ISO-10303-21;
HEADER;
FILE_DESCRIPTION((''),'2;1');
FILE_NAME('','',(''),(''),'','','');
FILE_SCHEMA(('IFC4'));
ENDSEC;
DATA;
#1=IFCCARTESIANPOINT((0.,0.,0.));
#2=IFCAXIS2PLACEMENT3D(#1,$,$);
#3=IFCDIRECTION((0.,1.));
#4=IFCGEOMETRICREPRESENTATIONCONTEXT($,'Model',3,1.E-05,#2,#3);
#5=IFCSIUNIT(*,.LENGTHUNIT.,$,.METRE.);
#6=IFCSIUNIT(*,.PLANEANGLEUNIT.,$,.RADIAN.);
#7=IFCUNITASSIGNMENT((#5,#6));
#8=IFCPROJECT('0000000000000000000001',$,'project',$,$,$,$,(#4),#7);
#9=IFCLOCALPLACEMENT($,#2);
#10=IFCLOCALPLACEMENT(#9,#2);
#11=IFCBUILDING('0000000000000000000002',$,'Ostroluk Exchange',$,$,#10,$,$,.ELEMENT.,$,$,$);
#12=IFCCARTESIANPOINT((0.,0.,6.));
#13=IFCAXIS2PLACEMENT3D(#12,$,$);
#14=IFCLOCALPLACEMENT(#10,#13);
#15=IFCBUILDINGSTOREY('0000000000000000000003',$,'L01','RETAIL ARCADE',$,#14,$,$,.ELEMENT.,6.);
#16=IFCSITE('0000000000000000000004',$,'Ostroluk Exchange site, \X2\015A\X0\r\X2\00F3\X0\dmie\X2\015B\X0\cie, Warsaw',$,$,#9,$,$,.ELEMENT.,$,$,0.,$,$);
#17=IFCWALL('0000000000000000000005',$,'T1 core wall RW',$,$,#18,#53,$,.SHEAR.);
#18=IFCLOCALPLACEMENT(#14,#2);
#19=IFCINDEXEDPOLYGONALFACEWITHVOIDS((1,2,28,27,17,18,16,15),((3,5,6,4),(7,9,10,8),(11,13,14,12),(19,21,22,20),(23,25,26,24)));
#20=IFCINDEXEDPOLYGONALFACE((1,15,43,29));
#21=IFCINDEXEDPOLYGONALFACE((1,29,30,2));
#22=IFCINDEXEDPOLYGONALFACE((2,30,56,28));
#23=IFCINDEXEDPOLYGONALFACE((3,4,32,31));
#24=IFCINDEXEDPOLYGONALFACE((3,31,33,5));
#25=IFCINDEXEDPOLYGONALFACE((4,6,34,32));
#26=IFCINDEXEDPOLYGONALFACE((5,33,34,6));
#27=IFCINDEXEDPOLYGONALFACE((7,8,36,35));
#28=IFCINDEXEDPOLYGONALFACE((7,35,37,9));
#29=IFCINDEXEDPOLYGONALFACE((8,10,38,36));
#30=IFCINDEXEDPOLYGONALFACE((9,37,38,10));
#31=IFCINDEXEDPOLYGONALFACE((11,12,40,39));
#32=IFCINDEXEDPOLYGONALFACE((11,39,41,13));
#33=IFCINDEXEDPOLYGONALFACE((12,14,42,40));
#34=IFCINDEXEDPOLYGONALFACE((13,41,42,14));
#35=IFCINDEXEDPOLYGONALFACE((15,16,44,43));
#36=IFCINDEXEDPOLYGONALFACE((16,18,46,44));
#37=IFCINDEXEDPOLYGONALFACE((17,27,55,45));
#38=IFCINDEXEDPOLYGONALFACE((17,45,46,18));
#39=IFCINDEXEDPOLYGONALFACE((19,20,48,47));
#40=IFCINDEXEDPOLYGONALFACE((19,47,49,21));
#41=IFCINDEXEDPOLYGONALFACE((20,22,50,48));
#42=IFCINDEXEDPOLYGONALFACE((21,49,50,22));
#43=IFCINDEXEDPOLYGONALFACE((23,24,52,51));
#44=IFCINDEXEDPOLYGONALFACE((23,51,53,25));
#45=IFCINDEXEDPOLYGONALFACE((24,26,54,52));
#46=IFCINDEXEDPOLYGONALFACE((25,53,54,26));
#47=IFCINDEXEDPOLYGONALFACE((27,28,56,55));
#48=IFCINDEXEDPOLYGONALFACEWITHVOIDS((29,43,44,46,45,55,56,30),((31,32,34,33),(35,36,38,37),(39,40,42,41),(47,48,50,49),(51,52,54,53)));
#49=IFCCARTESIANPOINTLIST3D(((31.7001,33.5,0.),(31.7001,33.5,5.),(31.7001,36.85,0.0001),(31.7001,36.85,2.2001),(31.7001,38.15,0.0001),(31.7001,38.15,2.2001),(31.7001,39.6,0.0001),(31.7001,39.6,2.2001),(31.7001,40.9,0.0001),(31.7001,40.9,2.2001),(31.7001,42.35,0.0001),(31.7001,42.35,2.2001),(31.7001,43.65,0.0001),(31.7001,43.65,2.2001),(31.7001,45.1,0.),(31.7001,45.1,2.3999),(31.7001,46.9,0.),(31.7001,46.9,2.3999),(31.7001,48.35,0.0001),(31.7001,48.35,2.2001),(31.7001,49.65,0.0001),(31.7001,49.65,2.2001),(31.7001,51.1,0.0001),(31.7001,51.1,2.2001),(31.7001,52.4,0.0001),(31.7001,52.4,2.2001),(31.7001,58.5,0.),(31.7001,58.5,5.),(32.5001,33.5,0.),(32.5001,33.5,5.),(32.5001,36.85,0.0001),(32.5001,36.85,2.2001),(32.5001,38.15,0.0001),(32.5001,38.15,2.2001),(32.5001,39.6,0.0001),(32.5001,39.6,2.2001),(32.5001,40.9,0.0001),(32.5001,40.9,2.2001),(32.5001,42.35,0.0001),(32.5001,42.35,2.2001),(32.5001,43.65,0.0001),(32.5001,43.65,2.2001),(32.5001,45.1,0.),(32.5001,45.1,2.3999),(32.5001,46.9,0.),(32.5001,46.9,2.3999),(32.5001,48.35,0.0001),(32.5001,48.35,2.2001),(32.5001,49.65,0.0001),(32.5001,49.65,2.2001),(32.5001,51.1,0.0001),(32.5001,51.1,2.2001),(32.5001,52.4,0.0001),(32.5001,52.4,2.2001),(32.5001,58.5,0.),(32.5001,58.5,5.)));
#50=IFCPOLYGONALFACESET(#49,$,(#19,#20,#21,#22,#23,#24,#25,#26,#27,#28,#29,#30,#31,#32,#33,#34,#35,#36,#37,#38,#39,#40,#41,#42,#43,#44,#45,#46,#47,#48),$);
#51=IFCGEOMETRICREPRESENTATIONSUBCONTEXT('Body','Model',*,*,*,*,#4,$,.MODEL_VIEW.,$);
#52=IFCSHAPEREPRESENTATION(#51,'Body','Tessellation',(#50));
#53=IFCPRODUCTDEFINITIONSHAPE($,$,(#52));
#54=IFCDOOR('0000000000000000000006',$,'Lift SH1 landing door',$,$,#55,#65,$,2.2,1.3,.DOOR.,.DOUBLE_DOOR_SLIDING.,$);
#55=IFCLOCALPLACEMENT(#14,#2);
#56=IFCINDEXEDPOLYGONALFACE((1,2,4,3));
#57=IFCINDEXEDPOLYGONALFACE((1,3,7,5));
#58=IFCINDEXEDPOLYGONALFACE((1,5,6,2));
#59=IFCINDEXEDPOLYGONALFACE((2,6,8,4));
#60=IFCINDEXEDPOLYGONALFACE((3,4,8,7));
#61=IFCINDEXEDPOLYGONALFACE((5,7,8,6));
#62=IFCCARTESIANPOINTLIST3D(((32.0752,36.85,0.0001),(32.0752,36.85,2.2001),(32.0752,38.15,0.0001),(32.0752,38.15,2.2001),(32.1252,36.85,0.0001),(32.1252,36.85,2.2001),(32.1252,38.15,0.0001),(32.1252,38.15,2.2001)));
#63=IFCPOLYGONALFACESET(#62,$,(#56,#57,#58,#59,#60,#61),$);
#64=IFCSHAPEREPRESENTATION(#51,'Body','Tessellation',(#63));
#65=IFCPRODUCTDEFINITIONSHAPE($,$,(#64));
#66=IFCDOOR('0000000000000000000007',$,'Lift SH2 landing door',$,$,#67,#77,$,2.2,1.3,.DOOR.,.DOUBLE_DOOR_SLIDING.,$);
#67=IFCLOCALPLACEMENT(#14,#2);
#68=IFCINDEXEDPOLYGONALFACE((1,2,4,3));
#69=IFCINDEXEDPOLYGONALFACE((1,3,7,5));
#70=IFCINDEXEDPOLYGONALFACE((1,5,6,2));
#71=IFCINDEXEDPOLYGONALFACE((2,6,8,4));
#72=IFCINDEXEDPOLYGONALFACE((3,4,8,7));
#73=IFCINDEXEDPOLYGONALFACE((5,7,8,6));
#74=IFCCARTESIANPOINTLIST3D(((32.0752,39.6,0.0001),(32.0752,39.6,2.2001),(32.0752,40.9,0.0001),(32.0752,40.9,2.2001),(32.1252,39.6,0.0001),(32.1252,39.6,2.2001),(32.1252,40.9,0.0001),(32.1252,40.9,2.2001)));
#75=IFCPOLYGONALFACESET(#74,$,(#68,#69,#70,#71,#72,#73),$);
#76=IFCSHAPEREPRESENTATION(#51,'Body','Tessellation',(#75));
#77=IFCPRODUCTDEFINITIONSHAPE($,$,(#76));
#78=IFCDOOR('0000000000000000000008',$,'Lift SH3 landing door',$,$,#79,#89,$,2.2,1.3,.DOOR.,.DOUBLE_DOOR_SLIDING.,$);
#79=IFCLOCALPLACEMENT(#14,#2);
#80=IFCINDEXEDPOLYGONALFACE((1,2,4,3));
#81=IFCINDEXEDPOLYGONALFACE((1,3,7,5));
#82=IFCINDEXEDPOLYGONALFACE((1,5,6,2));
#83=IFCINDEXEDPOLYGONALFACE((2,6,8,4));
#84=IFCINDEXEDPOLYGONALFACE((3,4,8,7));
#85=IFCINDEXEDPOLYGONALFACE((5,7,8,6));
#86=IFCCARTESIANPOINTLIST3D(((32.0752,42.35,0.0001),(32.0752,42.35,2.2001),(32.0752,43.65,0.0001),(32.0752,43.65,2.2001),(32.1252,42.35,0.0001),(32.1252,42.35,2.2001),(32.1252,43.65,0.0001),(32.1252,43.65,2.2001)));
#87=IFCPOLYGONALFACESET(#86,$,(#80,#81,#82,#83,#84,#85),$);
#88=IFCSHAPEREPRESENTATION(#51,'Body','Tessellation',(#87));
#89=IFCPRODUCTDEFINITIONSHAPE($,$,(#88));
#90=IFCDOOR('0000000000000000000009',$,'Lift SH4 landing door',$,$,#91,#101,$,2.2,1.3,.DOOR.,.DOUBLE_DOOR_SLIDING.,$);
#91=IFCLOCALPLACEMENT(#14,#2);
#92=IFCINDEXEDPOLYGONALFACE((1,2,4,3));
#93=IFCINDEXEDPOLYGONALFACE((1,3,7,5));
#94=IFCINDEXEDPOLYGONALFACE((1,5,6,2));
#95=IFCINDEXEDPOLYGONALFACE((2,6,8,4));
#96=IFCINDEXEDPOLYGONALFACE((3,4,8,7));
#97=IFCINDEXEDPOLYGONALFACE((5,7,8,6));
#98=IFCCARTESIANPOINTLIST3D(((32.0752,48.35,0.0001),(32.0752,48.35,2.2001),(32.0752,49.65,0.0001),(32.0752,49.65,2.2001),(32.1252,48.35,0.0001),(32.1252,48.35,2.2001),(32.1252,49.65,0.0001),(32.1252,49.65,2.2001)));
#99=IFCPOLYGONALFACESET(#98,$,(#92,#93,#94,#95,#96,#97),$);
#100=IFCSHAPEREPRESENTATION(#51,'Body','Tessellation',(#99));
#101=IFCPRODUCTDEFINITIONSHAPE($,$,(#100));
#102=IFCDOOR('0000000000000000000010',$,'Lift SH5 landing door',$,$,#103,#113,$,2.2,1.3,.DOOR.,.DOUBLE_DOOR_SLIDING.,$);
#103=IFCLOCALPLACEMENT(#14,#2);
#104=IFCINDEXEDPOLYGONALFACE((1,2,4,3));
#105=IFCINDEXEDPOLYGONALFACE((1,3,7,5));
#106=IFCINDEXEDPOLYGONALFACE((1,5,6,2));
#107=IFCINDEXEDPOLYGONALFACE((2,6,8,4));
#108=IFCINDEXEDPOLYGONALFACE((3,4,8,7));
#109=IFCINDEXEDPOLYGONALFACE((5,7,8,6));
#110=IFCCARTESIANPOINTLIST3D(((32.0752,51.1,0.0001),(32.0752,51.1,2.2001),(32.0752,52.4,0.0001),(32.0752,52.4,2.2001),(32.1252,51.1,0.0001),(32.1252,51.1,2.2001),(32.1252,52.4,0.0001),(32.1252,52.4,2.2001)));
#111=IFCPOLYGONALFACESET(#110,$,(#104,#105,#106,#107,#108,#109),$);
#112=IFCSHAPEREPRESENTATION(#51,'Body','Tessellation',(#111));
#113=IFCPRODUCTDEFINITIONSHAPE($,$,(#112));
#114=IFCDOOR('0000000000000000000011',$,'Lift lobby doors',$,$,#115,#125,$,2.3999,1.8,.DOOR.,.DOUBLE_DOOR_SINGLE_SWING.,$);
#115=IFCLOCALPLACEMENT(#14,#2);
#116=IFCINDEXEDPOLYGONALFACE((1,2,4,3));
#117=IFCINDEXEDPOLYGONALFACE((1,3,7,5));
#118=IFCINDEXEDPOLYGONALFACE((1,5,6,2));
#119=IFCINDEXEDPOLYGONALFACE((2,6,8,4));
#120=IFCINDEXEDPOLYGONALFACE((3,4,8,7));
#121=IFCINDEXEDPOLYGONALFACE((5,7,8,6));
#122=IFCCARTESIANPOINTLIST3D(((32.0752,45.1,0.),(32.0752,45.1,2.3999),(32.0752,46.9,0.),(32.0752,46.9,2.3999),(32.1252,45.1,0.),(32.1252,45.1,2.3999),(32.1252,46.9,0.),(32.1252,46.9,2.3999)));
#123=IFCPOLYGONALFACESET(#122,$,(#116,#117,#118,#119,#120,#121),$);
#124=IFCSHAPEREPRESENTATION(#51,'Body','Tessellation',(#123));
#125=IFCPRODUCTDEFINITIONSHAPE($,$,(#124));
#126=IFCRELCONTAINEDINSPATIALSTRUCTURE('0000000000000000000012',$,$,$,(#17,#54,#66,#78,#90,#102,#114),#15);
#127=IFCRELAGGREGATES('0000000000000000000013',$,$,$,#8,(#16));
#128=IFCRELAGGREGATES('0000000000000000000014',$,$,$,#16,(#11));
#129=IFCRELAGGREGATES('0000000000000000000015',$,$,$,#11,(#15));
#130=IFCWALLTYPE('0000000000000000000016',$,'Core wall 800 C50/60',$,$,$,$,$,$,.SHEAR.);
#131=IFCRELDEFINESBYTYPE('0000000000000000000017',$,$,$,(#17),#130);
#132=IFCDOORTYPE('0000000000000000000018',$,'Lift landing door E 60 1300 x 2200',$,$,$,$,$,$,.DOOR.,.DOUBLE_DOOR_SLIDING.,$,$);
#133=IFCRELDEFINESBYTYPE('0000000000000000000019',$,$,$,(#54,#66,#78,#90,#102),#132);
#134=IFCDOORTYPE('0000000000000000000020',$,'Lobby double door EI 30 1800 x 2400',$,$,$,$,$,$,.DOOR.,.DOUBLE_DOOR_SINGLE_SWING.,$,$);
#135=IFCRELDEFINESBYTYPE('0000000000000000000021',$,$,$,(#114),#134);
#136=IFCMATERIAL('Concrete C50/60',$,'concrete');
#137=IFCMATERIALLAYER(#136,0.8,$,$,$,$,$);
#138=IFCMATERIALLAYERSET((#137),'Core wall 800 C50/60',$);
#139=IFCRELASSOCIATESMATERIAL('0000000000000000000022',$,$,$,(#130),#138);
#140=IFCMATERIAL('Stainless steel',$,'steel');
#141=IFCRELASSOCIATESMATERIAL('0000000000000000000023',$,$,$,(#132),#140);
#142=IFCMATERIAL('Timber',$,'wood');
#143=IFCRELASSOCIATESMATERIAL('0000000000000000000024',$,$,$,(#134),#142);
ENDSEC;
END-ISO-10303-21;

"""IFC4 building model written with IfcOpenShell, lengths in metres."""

from ifc_helpers import new_model, si_unit, direction, frame, frame_2d, origin, place, context, subcontext, project, spatial, rectangle, extrude, material, layer, layer_set, type_object, element, fill, save


model = new_model("IFC4")

# Units and contexts
model_context = context("Model", 3, precision=1e-05, world=origin(), true_north=direction((0.0, 1.0)))
body_context = subcontext(model_context, "Body", "Model", "MODEL_VIEW")
ifc_project = project(units=[si_unit("LENGTHUNIT", "METRE"), si_unit("PLANEANGLEUNIT", "RADIAN")], contexts=[model_context])

# Site, building, storey
site_placement = place(None, origin())
site = spatial("IfcSite", under=ifc_project, at=site_placement, Name="Ostroluk Exchange site, Śródmieście, Warsaw", CompositionType="ELEMENT", RefElevation=0.0)
building_placement = place(site_placement, origin())
building = spatial("IfcBuilding", under=site, at=building_placement, Name="Ostroluk Exchange", CompositionType="ELEMENT")
storey_placement = place(building_placement, frame((0.0, 0.0, 6.0)))
storey = spatial("IfcBuildingStorey", under=building, at=storey_placement, Name="L01", Description="RETAIL ARCADE", CompositionType="ELEMENT", Elevation=6.0)

# Wall, openings, doors
ifc_material_1 = material(Name="Concrete C50/60", Category="concrete")
ifc_layer_1 = layer(ifc_material_1, 0.8)
ifc_layer_set_1 = layer_set([ifc_layer_1], Name="Core wall 800 C50/60")
wall_type_1 = type_object("IfcWallType", Name="Core wall 800 C50/60", PredefinedType="SHEAR", material=ifc_layer_set_1)
wall_1_placement = place(storey_placement, frame((32.1001, 33.5, 0.0), z_axis=(0.0, 0.0, 1.0), x_axis=(0.0, 1.0, 0.0)))
wall_1 = element("IfcWall", 1, at=wall_1_placement, inside=storey, type_object=wall_type_1, Name="T1 core wall RW", PredefinedType="SHEAR", context=body_context, shape_type="SweptSolid", body=[
    extrude(rectangle(XDim=25.0, YDim=0.8, at=frame_2d((12.5, 0.0))), origin(), (0.0, 0.0, 1.0), 5.0),
])
opening_1_placement = place(wall_1_placement, frame((3.3501, 0.0, 0.0)))
opening_1 = element("IfcOpeningElement", 2, at=opening_1_placement, cuts=wall_1, PredefinedType="OPENING", context=body_context, shape_type="SweptSolid", body=[
    extrude(rectangle(XDim=1.3, YDim=2.2, at=frame_2d((0.6499, 1.1001))), frame((0.0, 0.4099, 0.0), z_axis=(0.0, -1.0, 0.0), x_axis=(1.0, 0.0, 0.0)), (0.0, 0.0, 1.0), 0.8201),
])
opening_2_placement = place(wall_1_placement, frame((6.1001, 0.0, 0.0)))
opening_2 = element("IfcOpeningElement", 3, at=opening_2_placement, cuts=wall_1, PredefinedType="OPENING", context=body_context, shape_type="SweptSolid", body=[
    extrude(rectangle(XDim=1.3, YDim=2.2, at=frame_2d((0.6499, 1.1001))), frame((0.0, 0.4099, 0.0), z_axis=(0.0, -1.0, 0.0), x_axis=(1.0, 0.0, 0.0)), (0.0, 0.0, 1.0), 0.8201),
])
opening_3_placement = place(wall_1_placement, frame((8.8501, 0.0, 0.0)))
opening_3 = element("IfcOpeningElement", 4, at=opening_3_placement, cuts=wall_1, PredefinedType="OPENING", context=body_context, shape_type="SweptSolid", body=[
    extrude(rectangle(XDim=1.3, YDim=2.2, at=frame_2d((0.6499, 1.1001))), frame((0.0, 0.4099, 0.0), z_axis=(0.0, -1.0, 0.0), x_axis=(1.0, 0.0, 0.0)), (0.0, 0.0, 1.0), 0.8201),
])
opening_4_placement = place(wall_1_placement, frame((14.8501, 0.0, 0.0)))
opening_4 = element("IfcOpeningElement", 5, at=opening_4_placement, cuts=wall_1, PredefinedType="OPENING", context=body_context, shape_type="SweptSolid", body=[
    extrude(rectangle(XDim=1.3, YDim=2.2, at=frame_2d((0.6499, 1.1001))), frame((0.0, 0.4099, 0.0), z_axis=(0.0, -1.0, 0.0), x_axis=(1.0, 0.0, 0.0)), (0.0, 0.0, 1.0), 0.8201),
])
opening_5_placement = place(wall_1_placement, frame((17.6001, 0.0, 0.0)))
opening_5 = element("IfcOpeningElement", 6, at=opening_5_placement, cuts=wall_1, PredefinedType="OPENING", context=body_context, shape_type="SweptSolid", body=[
    extrude(rectangle(XDim=1.3, YDim=2.2, at=frame_2d((0.6499, 1.1001))), frame((0.0, 0.4099, 0.0), z_axis=(0.0, -1.0, 0.0), x_axis=(1.0, 0.0, 0.0)), (0.0, 0.0, 1.0), 0.8201),
])
opening_6_placement = place(wall_1_placement, frame((11.6001, 0.0, 0.0)))
opening_6 = element("IfcOpeningElement", 7, at=opening_6_placement, cuts=wall_1, PredefinedType="OPENING", context=body_context, shape_type="SweptSolid", body=[
    extrude(rectangle(XDim=1.8, YDim=2.3999, at=frame_2d((0.8999, 1.2))), frame((0.0, 0.4099, 0.0), z_axis=(0.0, -1.0, 0.0), x_axis=(1.0, 0.0, 0.0)), (0.0, 0.0, 1.0), 0.8201),
])
ifc_material_2 = material(Name="Stainless steel", Category="steel")
door_type_1 = type_object("IfcDoorType", Name="Lift landing door E 60 1300 x 2200", OperationType="DOUBLE_DOOR_SLIDING", PredefinedType="DOOR", material=ifc_material_2)
door_1_placement = place(opening_1_placement, origin())
door_1 = element("IfcDoor", 8, at=door_1_placement, inside=storey, type_object=door_type_1, Name="Lift SH1 landing door", OperationType="DOUBLE_DOOR_SLIDING", OverallHeight=2.2, OverallWidth=1.3, PredefinedType="DOOR", context=body_context, shape_type="SweptSolid", body=[
    extrude(rectangle(XDim=1.3, YDim=2.2, at=frame_2d((0.6499, 1.1001))), frame((0.0, 0.0249, 0.0), z_axis=(0.0, -1.0, 0.0), x_axis=(1.0, 0.0, 0.0)), (0.0, 0.0, 1.0), 0.05),
])
fill(opening_1, door_1)
door_2_placement = place(opening_2_placement, origin())
door_2 = element("IfcDoor", 9, at=door_2_placement, inside=storey, type_object=door_type_1, Name="Lift SH2 landing door", OperationType="DOUBLE_DOOR_SLIDING", OverallHeight=2.2, OverallWidth=1.3, PredefinedType="DOOR", context=body_context, shape_type="SweptSolid", body=[
    extrude(rectangle(XDim=1.3, YDim=2.2, at=frame_2d((0.6499, 1.1001))), frame((0.0, 0.0249, 0.0), z_axis=(0.0, -1.0, 0.0), x_axis=(1.0, 0.0, 0.0)), (0.0, 0.0, 1.0), 0.05),
])
fill(opening_2, door_2)
door_3_placement = place(opening_3_placement, origin())
door_3 = element("IfcDoor", 10, at=door_3_placement, inside=storey, type_object=door_type_1, Name="Lift SH3 landing door", OperationType="DOUBLE_DOOR_SLIDING", OverallHeight=2.2, OverallWidth=1.3, PredefinedType="DOOR", context=body_context, shape_type="SweptSolid", body=[
    extrude(rectangle(XDim=1.3, YDim=2.2, at=frame_2d((0.6499, 1.1001))), frame((0.0, 0.0249, 0.0), z_axis=(0.0, -1.0, 0.0), x_axis=(1.0, 0.0, 0.0)), (0.0, 0.0, 1.0), 0.05),
])
fill(opening_3, door_3)
door_4_placement = place(opening_4_placement, origin())
door_4 = element("IfcDoor", 11, at=door_4_placement, inside=storey, type_object=door_type_1, Name="Lift SH4 landing door", OperationType="DOUBLE_DOOR_SLIDING", OverallHeight=2.2, OverallWidth=1.3, PredefinedType="DOOR", context=body_context, shape_type="SweptSolid", body=[
    extrude(rectangle(XDim=1.3, YDim=2.2, at=frame_2d((0.6499, 1.1001))), frame((0.0, 0.0249, 0.0), z_axis=(0.0, -1.0, 0.0), x_axis=(1.0, 0.0, 0.0)), (0.0, 0.0, 1.0), 0.05),
])
fill(opening_4, door_4)
door_5_placement = place(opening_5_placement, origin())
door_5 = element("IfcDoor", 12, at=door_5_placement, inside=storey, type_object=door_type_1, Name="Lift SH5 landing door", OperationType="DOUBLE_DOOR_SLIDING", OverallHeight=2.2, OverallWidth=1.3, PredefinedType="DOOR", context=body_context, shape_type="SweptSolid", body=[
    extrude(rectangle(XDim=1.3, YDim=2.2, at=frame_2d((0.6499, 1.1001))), frame((0.0, 0.0249, 0.0), z_axis=(0.0, -1.0, 0.0), x_axis=(1.0, 0.0, 0.0)), (0.0, 0.0, 1.0), 0.05),
])
fill(opening_5, door_5)
ifc_material_3 = material(Name="Timber", Category="wood")
door_type_2 = type_object("IfcDoorType", Name="Lobby double door EI 30 1800 x 2400", OperationType="DOUBLE_DOOR_SINGLE_SWING", PredefinedType="DOOR", material=ifc_material_3)
door_6_placement = place(opening_6_placement, origin())
door_6 = element("IfcDoor", 13, at=door_6_placement, inside=storey, type_object=door_type_2, Name="Lift lobby doors", OperationType="DOUBLE_DOOR_SINGLE_SWING", OverallHeight=2.3999, OverallWidth=1.8, PredefinedType="DOOR", context=body_context, shape_type="SweptSolid", body=[
    extrude(rectangle(XDim=1.8, YDim=2.3999, at=frame_2d((0.8999, 1.2))), frame((0.0, 0.0249, 0.0), z_axis=(0.0, -1.0, 0.0), x_axis=(1.0, 0.0, 0.0)), (0.0, 0.0, 1.0), 0.05),
])
fill(opening_6, door_6)

save(model, "model.ifc")
